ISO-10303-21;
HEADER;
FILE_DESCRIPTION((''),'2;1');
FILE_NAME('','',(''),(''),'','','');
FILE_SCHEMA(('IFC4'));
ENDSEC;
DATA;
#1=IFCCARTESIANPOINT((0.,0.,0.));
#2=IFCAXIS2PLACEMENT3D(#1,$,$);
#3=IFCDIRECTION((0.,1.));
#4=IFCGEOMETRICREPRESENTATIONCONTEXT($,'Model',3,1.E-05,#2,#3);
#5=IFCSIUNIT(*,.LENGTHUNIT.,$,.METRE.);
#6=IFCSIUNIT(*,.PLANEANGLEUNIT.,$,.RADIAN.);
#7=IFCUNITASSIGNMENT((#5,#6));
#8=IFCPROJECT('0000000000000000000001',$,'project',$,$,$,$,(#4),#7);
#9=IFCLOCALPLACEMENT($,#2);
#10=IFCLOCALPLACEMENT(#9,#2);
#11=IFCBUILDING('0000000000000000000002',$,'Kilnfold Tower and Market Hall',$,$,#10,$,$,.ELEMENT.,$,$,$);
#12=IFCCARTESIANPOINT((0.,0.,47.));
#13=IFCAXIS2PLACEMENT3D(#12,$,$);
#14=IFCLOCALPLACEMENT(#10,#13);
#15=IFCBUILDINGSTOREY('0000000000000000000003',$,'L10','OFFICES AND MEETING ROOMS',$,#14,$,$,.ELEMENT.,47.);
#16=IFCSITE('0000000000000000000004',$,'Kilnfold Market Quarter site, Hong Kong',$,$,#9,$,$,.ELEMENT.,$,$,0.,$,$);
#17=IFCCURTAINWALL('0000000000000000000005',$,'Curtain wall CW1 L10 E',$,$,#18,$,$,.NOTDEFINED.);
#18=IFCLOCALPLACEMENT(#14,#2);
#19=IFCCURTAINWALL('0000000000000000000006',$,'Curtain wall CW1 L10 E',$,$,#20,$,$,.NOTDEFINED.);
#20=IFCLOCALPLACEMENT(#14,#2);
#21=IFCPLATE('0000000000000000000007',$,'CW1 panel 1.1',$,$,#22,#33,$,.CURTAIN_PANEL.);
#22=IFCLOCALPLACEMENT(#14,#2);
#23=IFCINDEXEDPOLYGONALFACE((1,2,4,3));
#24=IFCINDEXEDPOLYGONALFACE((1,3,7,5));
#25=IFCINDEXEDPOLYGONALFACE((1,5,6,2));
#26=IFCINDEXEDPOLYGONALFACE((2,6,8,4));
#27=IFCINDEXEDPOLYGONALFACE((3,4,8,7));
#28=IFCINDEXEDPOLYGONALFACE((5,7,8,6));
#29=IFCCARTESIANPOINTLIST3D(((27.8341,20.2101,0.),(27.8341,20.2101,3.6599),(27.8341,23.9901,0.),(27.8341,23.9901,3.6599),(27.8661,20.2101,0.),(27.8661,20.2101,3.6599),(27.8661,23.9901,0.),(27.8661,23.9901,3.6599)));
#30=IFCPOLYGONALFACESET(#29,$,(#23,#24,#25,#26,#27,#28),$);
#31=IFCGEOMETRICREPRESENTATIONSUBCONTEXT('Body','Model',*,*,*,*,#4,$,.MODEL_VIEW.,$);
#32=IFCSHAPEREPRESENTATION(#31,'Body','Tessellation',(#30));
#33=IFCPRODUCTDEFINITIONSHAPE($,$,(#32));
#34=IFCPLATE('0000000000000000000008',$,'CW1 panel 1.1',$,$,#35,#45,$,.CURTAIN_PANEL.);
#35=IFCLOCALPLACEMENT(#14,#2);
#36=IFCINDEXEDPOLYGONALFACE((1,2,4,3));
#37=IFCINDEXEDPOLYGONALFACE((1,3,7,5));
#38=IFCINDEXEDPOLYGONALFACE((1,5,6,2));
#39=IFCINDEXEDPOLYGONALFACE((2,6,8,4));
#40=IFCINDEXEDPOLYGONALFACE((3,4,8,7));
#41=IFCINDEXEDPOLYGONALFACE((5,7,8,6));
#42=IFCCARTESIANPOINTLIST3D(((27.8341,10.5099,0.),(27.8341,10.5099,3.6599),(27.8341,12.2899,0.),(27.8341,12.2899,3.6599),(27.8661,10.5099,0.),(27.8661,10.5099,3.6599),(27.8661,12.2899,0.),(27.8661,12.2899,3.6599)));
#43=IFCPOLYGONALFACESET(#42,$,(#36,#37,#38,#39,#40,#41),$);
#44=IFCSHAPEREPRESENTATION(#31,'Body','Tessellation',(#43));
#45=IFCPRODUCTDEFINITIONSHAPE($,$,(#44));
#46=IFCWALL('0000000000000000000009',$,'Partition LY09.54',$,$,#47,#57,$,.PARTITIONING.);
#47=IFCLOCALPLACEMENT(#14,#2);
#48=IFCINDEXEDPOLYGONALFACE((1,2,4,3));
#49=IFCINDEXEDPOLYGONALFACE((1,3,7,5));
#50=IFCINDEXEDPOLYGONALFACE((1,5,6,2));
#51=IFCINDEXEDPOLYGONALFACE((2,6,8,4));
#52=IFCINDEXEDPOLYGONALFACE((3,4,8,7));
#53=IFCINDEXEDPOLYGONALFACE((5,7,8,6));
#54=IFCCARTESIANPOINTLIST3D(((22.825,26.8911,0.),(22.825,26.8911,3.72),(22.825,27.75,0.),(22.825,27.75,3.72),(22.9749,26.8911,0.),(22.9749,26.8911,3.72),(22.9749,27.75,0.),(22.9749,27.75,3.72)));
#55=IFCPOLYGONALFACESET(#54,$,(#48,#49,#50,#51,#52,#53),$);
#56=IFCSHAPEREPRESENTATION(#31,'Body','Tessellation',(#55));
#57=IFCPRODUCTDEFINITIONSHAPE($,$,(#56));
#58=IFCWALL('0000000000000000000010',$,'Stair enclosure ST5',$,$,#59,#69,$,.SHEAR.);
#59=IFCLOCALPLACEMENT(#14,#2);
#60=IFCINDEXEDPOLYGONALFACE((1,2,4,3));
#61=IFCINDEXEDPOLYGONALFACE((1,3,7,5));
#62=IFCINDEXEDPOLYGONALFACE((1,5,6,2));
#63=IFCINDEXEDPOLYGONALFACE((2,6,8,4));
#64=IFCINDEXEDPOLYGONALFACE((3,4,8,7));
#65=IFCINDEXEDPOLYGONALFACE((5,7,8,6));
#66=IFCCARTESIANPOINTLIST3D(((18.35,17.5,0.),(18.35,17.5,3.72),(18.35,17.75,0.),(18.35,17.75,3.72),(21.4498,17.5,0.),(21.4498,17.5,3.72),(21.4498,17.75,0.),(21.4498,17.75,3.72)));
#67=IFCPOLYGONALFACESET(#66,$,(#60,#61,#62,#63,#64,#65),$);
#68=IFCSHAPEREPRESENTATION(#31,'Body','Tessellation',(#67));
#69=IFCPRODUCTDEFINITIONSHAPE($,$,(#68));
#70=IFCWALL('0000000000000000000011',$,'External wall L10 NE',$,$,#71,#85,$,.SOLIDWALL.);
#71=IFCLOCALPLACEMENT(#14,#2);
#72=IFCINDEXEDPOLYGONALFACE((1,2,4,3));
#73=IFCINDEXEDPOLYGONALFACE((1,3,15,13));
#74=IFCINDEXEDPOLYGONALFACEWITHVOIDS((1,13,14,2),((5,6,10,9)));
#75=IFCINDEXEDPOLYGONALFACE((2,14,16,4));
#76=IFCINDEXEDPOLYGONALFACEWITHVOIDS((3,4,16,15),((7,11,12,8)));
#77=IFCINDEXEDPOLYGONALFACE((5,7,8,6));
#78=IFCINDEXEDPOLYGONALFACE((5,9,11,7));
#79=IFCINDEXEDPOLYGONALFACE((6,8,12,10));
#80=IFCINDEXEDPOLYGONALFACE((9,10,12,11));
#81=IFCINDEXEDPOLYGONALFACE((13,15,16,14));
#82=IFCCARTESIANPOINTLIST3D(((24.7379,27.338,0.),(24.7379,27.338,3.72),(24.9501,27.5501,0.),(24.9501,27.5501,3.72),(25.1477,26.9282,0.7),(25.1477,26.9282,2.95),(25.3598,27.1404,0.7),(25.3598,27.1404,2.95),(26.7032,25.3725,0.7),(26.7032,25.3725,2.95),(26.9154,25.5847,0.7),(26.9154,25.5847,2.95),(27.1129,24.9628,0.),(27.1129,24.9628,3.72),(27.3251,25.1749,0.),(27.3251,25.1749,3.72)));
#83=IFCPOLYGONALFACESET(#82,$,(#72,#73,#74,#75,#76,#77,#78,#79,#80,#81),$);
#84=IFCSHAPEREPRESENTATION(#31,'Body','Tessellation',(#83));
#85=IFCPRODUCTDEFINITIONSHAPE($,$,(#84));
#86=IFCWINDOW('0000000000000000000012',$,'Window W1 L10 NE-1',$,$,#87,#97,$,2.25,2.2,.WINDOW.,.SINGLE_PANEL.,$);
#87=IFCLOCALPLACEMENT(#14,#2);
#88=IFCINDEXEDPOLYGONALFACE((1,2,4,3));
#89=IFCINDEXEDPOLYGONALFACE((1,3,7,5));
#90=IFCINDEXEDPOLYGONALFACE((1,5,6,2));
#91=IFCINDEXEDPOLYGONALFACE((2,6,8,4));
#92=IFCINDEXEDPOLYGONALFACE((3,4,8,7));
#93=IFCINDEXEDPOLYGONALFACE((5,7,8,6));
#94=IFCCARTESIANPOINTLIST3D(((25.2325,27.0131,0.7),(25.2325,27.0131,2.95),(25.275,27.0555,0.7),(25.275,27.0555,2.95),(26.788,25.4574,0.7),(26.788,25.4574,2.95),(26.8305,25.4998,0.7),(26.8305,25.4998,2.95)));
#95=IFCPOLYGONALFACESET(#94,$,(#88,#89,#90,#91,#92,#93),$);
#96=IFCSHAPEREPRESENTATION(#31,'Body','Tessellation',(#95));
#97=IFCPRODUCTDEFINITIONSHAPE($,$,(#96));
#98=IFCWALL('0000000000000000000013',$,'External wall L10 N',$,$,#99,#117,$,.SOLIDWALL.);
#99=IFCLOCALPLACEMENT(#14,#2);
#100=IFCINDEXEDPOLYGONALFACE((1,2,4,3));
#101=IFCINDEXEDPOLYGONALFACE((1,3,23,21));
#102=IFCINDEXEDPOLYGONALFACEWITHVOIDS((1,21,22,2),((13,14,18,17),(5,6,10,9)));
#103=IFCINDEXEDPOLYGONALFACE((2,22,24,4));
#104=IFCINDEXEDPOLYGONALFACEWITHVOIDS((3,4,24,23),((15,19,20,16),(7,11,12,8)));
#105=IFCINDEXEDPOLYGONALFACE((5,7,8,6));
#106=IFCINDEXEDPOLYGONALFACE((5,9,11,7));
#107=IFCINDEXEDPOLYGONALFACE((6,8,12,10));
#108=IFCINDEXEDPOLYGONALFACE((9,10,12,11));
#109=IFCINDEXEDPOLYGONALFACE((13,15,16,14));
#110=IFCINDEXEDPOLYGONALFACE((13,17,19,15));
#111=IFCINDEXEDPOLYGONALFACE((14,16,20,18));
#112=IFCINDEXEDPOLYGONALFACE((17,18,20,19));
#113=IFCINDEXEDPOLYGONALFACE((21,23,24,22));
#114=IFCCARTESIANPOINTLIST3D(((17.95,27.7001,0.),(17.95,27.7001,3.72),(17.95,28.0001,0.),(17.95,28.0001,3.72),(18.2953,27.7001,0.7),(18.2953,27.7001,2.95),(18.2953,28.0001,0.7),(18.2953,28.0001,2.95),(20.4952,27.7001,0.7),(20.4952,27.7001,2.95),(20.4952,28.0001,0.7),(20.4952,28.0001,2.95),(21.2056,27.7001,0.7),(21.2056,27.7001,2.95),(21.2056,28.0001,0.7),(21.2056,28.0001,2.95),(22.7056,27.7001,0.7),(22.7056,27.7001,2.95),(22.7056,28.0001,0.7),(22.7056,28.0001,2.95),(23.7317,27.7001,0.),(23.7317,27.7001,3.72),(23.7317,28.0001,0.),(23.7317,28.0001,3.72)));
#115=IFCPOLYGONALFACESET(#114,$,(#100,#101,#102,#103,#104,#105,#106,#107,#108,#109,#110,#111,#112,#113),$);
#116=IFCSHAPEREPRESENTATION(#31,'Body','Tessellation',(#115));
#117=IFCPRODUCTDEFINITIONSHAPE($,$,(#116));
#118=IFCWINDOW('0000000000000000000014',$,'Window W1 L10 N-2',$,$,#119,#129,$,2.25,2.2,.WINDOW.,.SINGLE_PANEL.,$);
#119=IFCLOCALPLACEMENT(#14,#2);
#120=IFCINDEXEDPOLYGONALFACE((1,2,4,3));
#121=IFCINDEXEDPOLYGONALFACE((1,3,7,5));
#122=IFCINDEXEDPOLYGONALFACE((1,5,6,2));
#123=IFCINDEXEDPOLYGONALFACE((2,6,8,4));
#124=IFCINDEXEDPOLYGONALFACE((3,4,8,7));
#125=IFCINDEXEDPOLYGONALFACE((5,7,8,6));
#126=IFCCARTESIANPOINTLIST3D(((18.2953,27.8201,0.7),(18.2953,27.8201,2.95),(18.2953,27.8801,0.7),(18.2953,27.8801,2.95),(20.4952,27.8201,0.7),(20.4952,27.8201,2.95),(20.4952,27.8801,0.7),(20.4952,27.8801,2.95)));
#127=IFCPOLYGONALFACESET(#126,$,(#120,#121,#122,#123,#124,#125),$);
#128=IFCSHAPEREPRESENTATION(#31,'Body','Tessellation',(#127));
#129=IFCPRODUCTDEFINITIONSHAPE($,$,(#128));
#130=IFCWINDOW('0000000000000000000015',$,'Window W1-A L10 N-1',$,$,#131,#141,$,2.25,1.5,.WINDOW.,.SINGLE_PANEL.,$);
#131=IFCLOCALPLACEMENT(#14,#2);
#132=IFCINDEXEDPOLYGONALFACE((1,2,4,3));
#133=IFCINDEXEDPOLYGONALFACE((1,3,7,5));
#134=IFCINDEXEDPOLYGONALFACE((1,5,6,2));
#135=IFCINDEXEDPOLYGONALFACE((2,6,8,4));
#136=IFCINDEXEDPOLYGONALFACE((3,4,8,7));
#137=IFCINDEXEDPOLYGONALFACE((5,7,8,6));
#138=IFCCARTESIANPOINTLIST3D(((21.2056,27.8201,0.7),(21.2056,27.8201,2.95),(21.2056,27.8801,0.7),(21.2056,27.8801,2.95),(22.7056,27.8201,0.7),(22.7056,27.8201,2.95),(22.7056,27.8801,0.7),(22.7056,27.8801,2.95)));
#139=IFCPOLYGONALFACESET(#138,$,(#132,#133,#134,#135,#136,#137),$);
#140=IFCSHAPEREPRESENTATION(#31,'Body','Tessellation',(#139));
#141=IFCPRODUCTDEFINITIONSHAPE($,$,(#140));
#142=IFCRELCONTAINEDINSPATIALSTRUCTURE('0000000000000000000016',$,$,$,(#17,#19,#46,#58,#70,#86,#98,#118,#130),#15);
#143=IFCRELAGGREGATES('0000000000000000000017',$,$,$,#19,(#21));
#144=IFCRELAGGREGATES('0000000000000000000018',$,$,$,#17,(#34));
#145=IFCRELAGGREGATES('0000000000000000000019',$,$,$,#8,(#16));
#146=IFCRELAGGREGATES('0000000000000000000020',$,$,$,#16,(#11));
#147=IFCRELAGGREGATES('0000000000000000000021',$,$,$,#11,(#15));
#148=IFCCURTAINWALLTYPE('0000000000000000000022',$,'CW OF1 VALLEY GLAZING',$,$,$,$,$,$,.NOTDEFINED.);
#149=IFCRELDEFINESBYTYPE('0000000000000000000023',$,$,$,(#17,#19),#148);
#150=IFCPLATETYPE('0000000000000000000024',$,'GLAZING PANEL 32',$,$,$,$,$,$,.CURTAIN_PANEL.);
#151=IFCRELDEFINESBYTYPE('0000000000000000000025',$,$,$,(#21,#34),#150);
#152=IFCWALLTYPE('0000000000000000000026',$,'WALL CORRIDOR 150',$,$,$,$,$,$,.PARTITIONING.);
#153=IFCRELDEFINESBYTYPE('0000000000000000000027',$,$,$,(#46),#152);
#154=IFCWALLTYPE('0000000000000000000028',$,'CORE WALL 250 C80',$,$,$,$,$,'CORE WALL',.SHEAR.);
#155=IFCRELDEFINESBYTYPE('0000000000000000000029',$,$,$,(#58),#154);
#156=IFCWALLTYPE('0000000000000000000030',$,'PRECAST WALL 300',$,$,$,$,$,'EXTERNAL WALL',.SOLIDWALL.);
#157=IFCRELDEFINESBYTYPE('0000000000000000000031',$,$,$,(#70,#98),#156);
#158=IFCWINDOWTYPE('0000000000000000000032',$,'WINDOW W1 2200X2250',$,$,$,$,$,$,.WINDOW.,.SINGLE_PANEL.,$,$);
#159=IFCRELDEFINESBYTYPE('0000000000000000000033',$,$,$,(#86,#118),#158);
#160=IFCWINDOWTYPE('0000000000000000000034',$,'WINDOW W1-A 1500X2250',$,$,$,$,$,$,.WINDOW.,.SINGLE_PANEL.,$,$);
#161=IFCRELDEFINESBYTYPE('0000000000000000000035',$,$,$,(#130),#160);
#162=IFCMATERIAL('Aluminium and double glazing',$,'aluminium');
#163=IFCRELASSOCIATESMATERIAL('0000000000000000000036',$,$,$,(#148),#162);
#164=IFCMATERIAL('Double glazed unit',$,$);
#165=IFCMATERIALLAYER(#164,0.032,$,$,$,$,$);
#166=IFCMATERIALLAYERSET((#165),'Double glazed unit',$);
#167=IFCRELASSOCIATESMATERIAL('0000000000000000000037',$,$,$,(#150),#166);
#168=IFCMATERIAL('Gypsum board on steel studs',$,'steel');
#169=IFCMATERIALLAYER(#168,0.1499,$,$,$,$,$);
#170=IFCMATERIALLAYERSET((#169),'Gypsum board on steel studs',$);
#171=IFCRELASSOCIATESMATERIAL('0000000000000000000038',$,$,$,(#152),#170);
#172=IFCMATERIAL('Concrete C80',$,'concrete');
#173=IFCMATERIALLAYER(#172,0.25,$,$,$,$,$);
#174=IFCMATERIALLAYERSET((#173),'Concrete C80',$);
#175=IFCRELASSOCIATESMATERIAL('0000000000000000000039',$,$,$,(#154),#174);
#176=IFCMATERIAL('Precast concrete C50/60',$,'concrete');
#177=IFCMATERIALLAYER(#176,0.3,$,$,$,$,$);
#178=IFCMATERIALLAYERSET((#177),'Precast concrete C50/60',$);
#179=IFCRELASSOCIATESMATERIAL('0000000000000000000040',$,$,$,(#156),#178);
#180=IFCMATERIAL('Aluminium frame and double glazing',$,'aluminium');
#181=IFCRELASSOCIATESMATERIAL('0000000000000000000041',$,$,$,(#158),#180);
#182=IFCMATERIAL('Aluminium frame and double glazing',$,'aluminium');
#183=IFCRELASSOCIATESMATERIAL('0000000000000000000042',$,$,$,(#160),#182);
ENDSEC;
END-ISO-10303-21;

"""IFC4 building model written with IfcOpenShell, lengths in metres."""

from ifc_helpers import new_model, si_unit, direction, frame, frame_2d, origin, origin_2d, place, context, subcontext, project, spatial, rectangle, extrude, source, transform, mapped, material, layer, layer_set, type_object, element, fill, aggregate, save


model = new_model("IFC4")

# Units and contexts
model_context = context("Model", 3, precision=1e-05, world=origin(), true_north=direction((0.0, 1.0)))
body_context = subcontext(model_context, "Body", "Model", "MODEL_VIEW")
ifc_project = project(units=[si_unit("LENGTHUNIT", "METRE"), si_unit("PLANEANGLEUNIT", "RADIAN")], contexts=[model_context])

# Site, building, storey
site_placement = place(None, origin())
site = spatial("IfcSite", under=ifc_project, at=site_placement, Name="Kilnfold Market Quarter site, Hong Kong", CompositionType="ELEMENT", RefElevation=0.0)
building_placement = place(site_placement, origin())
building = spatial("IfcBuilding", under=site, at=building_placement, Name="Kilnfold Tower and Market Hall", CompositionType="ELEMENT")
storey_placement = place(building_placement, frame((0.0, 0.0, 47.0)))
storey = spatial("IfcBuildingStorey", under=building, at=storey_placement, Name="L10", Description="OFFICES AND MEETING ROOMS", CompositionType="ELEMENT", Elevation=47.0)

# Curtain wall
ifc_material_1 = material(Name="Aluminium and double glazing", Category="aluminium")
curtain_wall_type = type_object("IfcCurtainWallType", Name="CW OF1 VALLEY GLAZING", PredefinedType="NOTDEFINED", material=ifc_material_1)
curtain_wall_1_placement = place(storey_placement, origin())
curtain_wall_1 = element("IfcCurtainWall", 1, at=curtain_wall_1_placement, inside=storey, type_object=curtain_wall_type, Name="Curtain wall CW1 L10 E", PredefinedType="NOTDEFINED")

# Curtain wall
curtain_wall_2_placement = place(storey_placement, origin())
curtain_wall_2 = element("IfcCurtainWall", 2, at=curtain_wall_2_placement, inside=storey, type_object=curtain_wall_type, Name="Curtain wall CW1 L10 E", PredefinedType="NOTDEFINED")

# Plates
ifc_material_2 = material(Name="Double glazed unit")
ifc_layer_1 = layer(ifc_material_2, 0.032)
ifc_layer_set_1 = layer_set([ifc_layer_1], Name="Double glazed unit")
plate_type = type_object("IfcPlateType", Name="GLAZING PANEL 32", PredefinedType="CURTAIN_PANEL", material=ifc_layer_set_1)
shared_shape_1 = source(origin(), body_context, "Body", "SweptSolid", [
    extrude(rectangle(XDim=3.78, YDim=0.032, at=origin_2d()), origin(), (0.0, 0.0, 1.0), 3.6599),
])
plate_1_placement = place(storey_placement, frame((27.8501, 22.1001, 0.0), z_axis=(0.0, 0.0, 1.0), x_axis=(0.0, 1.0, 0.0)))
plate_1 = element("IfcPlate", 3, at=plate_1_placement, type_object=plate_type, Name="CW1 panel 1.1", PredefinedType="CURTAIN_PANEL", context=body_context, shape_type="MappedRepresentation", body=[
    mapped(shared_shape_1, transform((0.0, 0.0, 0.0))),
])
aggregate(curtain_wall_2, [plate_1])
shared_shape_2 = source(origin(), body_context, "Body", "SweptSolid", [
    extrude(rectangle(XDim=1.78, YDim=0.032, at=origin_2d()), origin(), (0.0, 0.0, 1.0), 3.6599),
])
plate_2_placement = place(storey_placement, frame((27.8501, 11.3999, 0.0), z_axis=(0.0, 0.0, 1.0), x_axis=(0.0, 1.0, 0.0)))
plate_2 = element("IfcPlate", 4, at=plate_2_placement, type_object=plate_type, Name="CW1 panel 1.1", PredefinedType="CURTAIN_PANEL", context=body_context, shape_type="MappedRepresentation", body=[
    mapped(shared_shape_2, transform((0.0, 0.0, 0.0))),
])
aggregate(curtain_wall_1, [plate_2])

# Walls
ifc_material_3 = material(Name="Gypsum board on steel studs", Category="steel")
ifc_layer_2 = layer(ifc_material_3, 0.1499)
ifc_layer_set_2 = layer_set([ifc_layer_2], Name="Gypsum board on steel studs")
wall_type_1 = type_object("IfcWallType", Name="WALL CORRIDOR 150", PredefinedType="PARTITIONING", material=ifc_layer_set_2)
wall_1_placement = place(storey_placement, frame((22.8999, 26.8911, 0.0), z_axis=(0.0, 0.0, 1.0), x_axis=(0.0, 1.0, 0.0)))
element("IfcWall", 5, at=wall_1_placement, inside=storey, type_object=wall_type_1, Name="Partition LY09.54", PredefinedType="PARTITIONING", context=body_context, shape_type="SweptSolid", body=[
    extrude(rectangle(XDim=0.8589, YDim=0.1499, at=frame_2d((0.4294, 0.0))), origin(), (0.0, 0.0, 1.0), 3.72),
])
ifc_material_4 = material(Name="Concrete C80", Category="concrete")
ifc_layer_3 = layer(ifc_material_4, 0.25)
ifc_layer_set_3 = layer_set([ifc_layer_3], Name="Concrete C80")
wall_type_2 = type_object("IfcWallType", Name="CORE WALL 250 C80", ElementType="CORE WALL", PredefinedType="SHEAR", material=ifc_layer_set_3)
shared_shape_3 = source(origin(), body_context, "Body", "SweptSolid", [
    extrude(rectangle(XDim=3.0999, YDim=0.25, at=frame_2d((1.5498, 0.0))), origin(), (0.0, 0.0, 1.0), 3.72),
])
wall_2_placement = place(storey_placement, frame((18.3501, 17.625, 0.0), z_axis=(0.0, 0.0, 1.0), x_axis=(1.0, 0.0, 0.0)))
element("IfcWall", 6, at=wall_2_placement, inside=storey, type_object=wall_type_2, Name="Stair enclosure ST5", PredefinedType="SHEAR", context=body_context, shape_type="MappedRepresentation", body=[
    mapped(shared_shape_3, transform((0.0, 0.0, 0.0))),
])

# Wall, opening, window
ifc_material_5 = material(Name="Precast concrete C50/60", Category="concrete")
ifc_layer_4 = layer(ifc_material_5, 0.3)
ifc_layer_set_4 = layer_set([ifc_layer_4], Name="Precast concrete C50/60")
wall_type_3 = type_object("IfcWallType", Name="PRECAST WALL 300", ElementType="EXTERNAL WALL", PredefinedType="SOLIDWALL", material=ifc_layer_set_4)
shared_shape_4 = source(origin(), body_context, "Body", "SweptSolid", [
    extrude(rectangle(XDim=3.3589, YDim=0.3, at=frame_2d((1.6794, 0.0))), origin(), (0.0, 0.0, 1.0), 3.72),
])
wall_3_placement = place(storey_placement, frame((27.219, 25.0688, 0.0), z_axis=(0.0, 0.0, 1.0), x_axis=(-0.70707, 0.707143, 0.0)))
wall_3 = element("IfcWall", 7, at=wall_3_placement, inside=storey, type_object=wall_type_3, Name="External wall L10 NE", PredefinedType="SOLIDWALL", context=body_context, shape_type="MappedRepresentation", body=[
    mapped(shared_shape_4, transform((0.0, 0.0, 0.0))),
])
opening_1_placement = place(wall_3_placement, frame((0.5793, 0.0, 0.7)))
opening_1 = element("IfcOpeningElement", 8, at=opening_1_placement, cuts=wall_3, PredefinedType="OPENING", context=body_context, shape_type="SweptSolid", body=[
    extrude(rectangle(XDim=2.2, YDim=2.25, at=frame_2d((1.1001, 1.125))), frame((0.0, 0.1602, 0.0), z_axis=(0.0, -1.0, 0.0), x_axis=(1.0, 0.0, 0.0)), (0.0, 0.0, 1.0), 0.3201),
])
ifc_material_6 = material(Name="Aluminium frame and double glazing", Category="aluminium")
window_type_1 = type_object("IfcWindowType", Name="WINDOW W1 2200X2250", PartitioningType="SINGLE_PANEL", PredefinedType="WINDOW", material=ifc_material_6)
window_1_placement = place(opening_1_placement, origin())
window_1 = element("IfcWindow", 9, at=window_1_placement, inside=storey, type_object=window_type_1, Name="Window W1 L10 NE-1", OverallHeight=2.25, OverallWidth=2.2, PartitioningType="SINGLE_PANEL", PredefinedType="WINDOW", context=body_context, shape_type="SweptSolid", body=[
    extrude(rectangle(XDim=2.2, YDim=2.25, at=frame_2d((1.1001, 1.125))), frame((0.0, 0.03, 0.0), z_axis=(0.0, -1.0, 0.0), x_axis=(1.0, 0.0, 0.0)), (0.0, 0.0, 1.0), 0.0601),
])
fill(opening_1, window_1)

# Wall, openings, windows
shared_shape_5 = source(origin(), body_context, "Body", "SweptSolid", [
    extrude(rectangle(XDim=5.7817, YDim=0.3, at=frame_2d((2.8909, 0.0))), origin(), (0.0, 0.0, 1.0), 3.72),
])
wall_4_placement = place(storey_placement, frame((23.7317, 27.8501, 0.0), z_axis=(0.0, 0.0, 1.0), x_axis=(-1.0, 0.0, 0.0)))
wall_4 = element("IfcWall", 10, at=wall_4_placement, inside=storey, type_object=wall_type_3, Name="External wall L10 N", PredefinedType="SOLIDWALL", context=body_context, shape_type="MappedRepresentation", body=[
    mapped(shared_shape_5, transform((0.0, 0.0, 0.0))),
])
opening_2_placement = place(wall_4_placement, frame((1.0261, 0.0, 0.7)))
opening_2 = element("IfcOpeningElement", 11, at=opening_2_placement, cuts=wall_4, PredefinedType="OPENING", context=body_context, shape_type="SweptSolid", body=[
    extrude(rectangle(XDim=1.5, YDim=2.25, at=frame_2d((0.75, 1.125))), frame((0.0, 0.1602, 0.0), z_axis=(0.0, -1.0, 0.0), x_axis=(1.0, 0.0, 0.0)), (0.0, 0.0, 1.0), 0.3201),
])
opening_3_placement = place(wall_4_placement, frame((3.2363, 0.0, 0.7)))
opening_3 = element("IfcOpeningElement", 12, at=opening_3_placement, cuts=wall_4, PredefinedType="OPENING", context=body_context, shape_type="SweptSolid", body=[
    extrude(rectangle(XDim=2.2, YDim=2.25, at=frame_2d((1.1001, 1.125))), frame((0.0, 0.1602, 0.0), z_axis=(0.0, -1.0, 0.0), x_axis=(1.0, 0.0, 0.0)), (0.0, 0.0, 1.0), 0.3201),
])
window_2_placement = place(opening_3_placement, origin())
window_2 = element("IfcWindow", 13, at=window_2_placement, inside=storey, type_object=window_type_1, Name="Window W1 L10 N-2", OverallHeight=2.25, OverallWidth=2.2, PartitioningType="SINGLE_PANEL", PredefinedType="WINDOW", context=body_context, shape_type="SweptSolid", body=[
    extrude(rectangle(XDim=2.2, YDim=2.25, at=frame_2d((1.1001, 1.125))), frame((0.0, 0.03, 0.0), z_axis=(0.0, -1.0, 0.0), x_axis=(1.0, 0.0, 0.0)), (0.0, 0.0, 1.0), 0.0601),
])
fill(opening_3, window_2)
ifc_material_7 = material(Name="Aluminium frame and double glazing", Category="aluminium")
window_type_2 = type_object("IfcWindowType", Name="WINDOW W1-A 1500X2250", PartitioningType="SINGLE_PANEL", PredefinedType="WINDOW", material=ifc_material_7)
window_3_placement = place(opening_2_placement, origin())
window_3 = element("IfcWindow", 14, at=window_3_placement, inside=storey, type_object=window_type_2, Name="Window W1-A L10 N-1", OverallHeight=2.25, OverallWidth=1.5, PartitioningType="SINGLE_PANEL", PredefinedType="WINDOW", context=body_context, shape_type="SweptSolid", body=[
    extrude(rectangle(XDim=1.5, YDim=2.25, at=frame_2d((0.75, 1.125))), frame((0.0, 0.03, 0.0), z_axis=(0.0, -1.0, 0.0), x_axis=(1.0, 0.0, 0.0)), (0.0, 0.0, 1.0), 0.0601),
])
fill(opening_2, window_3)

save(model, "model.ifc")
